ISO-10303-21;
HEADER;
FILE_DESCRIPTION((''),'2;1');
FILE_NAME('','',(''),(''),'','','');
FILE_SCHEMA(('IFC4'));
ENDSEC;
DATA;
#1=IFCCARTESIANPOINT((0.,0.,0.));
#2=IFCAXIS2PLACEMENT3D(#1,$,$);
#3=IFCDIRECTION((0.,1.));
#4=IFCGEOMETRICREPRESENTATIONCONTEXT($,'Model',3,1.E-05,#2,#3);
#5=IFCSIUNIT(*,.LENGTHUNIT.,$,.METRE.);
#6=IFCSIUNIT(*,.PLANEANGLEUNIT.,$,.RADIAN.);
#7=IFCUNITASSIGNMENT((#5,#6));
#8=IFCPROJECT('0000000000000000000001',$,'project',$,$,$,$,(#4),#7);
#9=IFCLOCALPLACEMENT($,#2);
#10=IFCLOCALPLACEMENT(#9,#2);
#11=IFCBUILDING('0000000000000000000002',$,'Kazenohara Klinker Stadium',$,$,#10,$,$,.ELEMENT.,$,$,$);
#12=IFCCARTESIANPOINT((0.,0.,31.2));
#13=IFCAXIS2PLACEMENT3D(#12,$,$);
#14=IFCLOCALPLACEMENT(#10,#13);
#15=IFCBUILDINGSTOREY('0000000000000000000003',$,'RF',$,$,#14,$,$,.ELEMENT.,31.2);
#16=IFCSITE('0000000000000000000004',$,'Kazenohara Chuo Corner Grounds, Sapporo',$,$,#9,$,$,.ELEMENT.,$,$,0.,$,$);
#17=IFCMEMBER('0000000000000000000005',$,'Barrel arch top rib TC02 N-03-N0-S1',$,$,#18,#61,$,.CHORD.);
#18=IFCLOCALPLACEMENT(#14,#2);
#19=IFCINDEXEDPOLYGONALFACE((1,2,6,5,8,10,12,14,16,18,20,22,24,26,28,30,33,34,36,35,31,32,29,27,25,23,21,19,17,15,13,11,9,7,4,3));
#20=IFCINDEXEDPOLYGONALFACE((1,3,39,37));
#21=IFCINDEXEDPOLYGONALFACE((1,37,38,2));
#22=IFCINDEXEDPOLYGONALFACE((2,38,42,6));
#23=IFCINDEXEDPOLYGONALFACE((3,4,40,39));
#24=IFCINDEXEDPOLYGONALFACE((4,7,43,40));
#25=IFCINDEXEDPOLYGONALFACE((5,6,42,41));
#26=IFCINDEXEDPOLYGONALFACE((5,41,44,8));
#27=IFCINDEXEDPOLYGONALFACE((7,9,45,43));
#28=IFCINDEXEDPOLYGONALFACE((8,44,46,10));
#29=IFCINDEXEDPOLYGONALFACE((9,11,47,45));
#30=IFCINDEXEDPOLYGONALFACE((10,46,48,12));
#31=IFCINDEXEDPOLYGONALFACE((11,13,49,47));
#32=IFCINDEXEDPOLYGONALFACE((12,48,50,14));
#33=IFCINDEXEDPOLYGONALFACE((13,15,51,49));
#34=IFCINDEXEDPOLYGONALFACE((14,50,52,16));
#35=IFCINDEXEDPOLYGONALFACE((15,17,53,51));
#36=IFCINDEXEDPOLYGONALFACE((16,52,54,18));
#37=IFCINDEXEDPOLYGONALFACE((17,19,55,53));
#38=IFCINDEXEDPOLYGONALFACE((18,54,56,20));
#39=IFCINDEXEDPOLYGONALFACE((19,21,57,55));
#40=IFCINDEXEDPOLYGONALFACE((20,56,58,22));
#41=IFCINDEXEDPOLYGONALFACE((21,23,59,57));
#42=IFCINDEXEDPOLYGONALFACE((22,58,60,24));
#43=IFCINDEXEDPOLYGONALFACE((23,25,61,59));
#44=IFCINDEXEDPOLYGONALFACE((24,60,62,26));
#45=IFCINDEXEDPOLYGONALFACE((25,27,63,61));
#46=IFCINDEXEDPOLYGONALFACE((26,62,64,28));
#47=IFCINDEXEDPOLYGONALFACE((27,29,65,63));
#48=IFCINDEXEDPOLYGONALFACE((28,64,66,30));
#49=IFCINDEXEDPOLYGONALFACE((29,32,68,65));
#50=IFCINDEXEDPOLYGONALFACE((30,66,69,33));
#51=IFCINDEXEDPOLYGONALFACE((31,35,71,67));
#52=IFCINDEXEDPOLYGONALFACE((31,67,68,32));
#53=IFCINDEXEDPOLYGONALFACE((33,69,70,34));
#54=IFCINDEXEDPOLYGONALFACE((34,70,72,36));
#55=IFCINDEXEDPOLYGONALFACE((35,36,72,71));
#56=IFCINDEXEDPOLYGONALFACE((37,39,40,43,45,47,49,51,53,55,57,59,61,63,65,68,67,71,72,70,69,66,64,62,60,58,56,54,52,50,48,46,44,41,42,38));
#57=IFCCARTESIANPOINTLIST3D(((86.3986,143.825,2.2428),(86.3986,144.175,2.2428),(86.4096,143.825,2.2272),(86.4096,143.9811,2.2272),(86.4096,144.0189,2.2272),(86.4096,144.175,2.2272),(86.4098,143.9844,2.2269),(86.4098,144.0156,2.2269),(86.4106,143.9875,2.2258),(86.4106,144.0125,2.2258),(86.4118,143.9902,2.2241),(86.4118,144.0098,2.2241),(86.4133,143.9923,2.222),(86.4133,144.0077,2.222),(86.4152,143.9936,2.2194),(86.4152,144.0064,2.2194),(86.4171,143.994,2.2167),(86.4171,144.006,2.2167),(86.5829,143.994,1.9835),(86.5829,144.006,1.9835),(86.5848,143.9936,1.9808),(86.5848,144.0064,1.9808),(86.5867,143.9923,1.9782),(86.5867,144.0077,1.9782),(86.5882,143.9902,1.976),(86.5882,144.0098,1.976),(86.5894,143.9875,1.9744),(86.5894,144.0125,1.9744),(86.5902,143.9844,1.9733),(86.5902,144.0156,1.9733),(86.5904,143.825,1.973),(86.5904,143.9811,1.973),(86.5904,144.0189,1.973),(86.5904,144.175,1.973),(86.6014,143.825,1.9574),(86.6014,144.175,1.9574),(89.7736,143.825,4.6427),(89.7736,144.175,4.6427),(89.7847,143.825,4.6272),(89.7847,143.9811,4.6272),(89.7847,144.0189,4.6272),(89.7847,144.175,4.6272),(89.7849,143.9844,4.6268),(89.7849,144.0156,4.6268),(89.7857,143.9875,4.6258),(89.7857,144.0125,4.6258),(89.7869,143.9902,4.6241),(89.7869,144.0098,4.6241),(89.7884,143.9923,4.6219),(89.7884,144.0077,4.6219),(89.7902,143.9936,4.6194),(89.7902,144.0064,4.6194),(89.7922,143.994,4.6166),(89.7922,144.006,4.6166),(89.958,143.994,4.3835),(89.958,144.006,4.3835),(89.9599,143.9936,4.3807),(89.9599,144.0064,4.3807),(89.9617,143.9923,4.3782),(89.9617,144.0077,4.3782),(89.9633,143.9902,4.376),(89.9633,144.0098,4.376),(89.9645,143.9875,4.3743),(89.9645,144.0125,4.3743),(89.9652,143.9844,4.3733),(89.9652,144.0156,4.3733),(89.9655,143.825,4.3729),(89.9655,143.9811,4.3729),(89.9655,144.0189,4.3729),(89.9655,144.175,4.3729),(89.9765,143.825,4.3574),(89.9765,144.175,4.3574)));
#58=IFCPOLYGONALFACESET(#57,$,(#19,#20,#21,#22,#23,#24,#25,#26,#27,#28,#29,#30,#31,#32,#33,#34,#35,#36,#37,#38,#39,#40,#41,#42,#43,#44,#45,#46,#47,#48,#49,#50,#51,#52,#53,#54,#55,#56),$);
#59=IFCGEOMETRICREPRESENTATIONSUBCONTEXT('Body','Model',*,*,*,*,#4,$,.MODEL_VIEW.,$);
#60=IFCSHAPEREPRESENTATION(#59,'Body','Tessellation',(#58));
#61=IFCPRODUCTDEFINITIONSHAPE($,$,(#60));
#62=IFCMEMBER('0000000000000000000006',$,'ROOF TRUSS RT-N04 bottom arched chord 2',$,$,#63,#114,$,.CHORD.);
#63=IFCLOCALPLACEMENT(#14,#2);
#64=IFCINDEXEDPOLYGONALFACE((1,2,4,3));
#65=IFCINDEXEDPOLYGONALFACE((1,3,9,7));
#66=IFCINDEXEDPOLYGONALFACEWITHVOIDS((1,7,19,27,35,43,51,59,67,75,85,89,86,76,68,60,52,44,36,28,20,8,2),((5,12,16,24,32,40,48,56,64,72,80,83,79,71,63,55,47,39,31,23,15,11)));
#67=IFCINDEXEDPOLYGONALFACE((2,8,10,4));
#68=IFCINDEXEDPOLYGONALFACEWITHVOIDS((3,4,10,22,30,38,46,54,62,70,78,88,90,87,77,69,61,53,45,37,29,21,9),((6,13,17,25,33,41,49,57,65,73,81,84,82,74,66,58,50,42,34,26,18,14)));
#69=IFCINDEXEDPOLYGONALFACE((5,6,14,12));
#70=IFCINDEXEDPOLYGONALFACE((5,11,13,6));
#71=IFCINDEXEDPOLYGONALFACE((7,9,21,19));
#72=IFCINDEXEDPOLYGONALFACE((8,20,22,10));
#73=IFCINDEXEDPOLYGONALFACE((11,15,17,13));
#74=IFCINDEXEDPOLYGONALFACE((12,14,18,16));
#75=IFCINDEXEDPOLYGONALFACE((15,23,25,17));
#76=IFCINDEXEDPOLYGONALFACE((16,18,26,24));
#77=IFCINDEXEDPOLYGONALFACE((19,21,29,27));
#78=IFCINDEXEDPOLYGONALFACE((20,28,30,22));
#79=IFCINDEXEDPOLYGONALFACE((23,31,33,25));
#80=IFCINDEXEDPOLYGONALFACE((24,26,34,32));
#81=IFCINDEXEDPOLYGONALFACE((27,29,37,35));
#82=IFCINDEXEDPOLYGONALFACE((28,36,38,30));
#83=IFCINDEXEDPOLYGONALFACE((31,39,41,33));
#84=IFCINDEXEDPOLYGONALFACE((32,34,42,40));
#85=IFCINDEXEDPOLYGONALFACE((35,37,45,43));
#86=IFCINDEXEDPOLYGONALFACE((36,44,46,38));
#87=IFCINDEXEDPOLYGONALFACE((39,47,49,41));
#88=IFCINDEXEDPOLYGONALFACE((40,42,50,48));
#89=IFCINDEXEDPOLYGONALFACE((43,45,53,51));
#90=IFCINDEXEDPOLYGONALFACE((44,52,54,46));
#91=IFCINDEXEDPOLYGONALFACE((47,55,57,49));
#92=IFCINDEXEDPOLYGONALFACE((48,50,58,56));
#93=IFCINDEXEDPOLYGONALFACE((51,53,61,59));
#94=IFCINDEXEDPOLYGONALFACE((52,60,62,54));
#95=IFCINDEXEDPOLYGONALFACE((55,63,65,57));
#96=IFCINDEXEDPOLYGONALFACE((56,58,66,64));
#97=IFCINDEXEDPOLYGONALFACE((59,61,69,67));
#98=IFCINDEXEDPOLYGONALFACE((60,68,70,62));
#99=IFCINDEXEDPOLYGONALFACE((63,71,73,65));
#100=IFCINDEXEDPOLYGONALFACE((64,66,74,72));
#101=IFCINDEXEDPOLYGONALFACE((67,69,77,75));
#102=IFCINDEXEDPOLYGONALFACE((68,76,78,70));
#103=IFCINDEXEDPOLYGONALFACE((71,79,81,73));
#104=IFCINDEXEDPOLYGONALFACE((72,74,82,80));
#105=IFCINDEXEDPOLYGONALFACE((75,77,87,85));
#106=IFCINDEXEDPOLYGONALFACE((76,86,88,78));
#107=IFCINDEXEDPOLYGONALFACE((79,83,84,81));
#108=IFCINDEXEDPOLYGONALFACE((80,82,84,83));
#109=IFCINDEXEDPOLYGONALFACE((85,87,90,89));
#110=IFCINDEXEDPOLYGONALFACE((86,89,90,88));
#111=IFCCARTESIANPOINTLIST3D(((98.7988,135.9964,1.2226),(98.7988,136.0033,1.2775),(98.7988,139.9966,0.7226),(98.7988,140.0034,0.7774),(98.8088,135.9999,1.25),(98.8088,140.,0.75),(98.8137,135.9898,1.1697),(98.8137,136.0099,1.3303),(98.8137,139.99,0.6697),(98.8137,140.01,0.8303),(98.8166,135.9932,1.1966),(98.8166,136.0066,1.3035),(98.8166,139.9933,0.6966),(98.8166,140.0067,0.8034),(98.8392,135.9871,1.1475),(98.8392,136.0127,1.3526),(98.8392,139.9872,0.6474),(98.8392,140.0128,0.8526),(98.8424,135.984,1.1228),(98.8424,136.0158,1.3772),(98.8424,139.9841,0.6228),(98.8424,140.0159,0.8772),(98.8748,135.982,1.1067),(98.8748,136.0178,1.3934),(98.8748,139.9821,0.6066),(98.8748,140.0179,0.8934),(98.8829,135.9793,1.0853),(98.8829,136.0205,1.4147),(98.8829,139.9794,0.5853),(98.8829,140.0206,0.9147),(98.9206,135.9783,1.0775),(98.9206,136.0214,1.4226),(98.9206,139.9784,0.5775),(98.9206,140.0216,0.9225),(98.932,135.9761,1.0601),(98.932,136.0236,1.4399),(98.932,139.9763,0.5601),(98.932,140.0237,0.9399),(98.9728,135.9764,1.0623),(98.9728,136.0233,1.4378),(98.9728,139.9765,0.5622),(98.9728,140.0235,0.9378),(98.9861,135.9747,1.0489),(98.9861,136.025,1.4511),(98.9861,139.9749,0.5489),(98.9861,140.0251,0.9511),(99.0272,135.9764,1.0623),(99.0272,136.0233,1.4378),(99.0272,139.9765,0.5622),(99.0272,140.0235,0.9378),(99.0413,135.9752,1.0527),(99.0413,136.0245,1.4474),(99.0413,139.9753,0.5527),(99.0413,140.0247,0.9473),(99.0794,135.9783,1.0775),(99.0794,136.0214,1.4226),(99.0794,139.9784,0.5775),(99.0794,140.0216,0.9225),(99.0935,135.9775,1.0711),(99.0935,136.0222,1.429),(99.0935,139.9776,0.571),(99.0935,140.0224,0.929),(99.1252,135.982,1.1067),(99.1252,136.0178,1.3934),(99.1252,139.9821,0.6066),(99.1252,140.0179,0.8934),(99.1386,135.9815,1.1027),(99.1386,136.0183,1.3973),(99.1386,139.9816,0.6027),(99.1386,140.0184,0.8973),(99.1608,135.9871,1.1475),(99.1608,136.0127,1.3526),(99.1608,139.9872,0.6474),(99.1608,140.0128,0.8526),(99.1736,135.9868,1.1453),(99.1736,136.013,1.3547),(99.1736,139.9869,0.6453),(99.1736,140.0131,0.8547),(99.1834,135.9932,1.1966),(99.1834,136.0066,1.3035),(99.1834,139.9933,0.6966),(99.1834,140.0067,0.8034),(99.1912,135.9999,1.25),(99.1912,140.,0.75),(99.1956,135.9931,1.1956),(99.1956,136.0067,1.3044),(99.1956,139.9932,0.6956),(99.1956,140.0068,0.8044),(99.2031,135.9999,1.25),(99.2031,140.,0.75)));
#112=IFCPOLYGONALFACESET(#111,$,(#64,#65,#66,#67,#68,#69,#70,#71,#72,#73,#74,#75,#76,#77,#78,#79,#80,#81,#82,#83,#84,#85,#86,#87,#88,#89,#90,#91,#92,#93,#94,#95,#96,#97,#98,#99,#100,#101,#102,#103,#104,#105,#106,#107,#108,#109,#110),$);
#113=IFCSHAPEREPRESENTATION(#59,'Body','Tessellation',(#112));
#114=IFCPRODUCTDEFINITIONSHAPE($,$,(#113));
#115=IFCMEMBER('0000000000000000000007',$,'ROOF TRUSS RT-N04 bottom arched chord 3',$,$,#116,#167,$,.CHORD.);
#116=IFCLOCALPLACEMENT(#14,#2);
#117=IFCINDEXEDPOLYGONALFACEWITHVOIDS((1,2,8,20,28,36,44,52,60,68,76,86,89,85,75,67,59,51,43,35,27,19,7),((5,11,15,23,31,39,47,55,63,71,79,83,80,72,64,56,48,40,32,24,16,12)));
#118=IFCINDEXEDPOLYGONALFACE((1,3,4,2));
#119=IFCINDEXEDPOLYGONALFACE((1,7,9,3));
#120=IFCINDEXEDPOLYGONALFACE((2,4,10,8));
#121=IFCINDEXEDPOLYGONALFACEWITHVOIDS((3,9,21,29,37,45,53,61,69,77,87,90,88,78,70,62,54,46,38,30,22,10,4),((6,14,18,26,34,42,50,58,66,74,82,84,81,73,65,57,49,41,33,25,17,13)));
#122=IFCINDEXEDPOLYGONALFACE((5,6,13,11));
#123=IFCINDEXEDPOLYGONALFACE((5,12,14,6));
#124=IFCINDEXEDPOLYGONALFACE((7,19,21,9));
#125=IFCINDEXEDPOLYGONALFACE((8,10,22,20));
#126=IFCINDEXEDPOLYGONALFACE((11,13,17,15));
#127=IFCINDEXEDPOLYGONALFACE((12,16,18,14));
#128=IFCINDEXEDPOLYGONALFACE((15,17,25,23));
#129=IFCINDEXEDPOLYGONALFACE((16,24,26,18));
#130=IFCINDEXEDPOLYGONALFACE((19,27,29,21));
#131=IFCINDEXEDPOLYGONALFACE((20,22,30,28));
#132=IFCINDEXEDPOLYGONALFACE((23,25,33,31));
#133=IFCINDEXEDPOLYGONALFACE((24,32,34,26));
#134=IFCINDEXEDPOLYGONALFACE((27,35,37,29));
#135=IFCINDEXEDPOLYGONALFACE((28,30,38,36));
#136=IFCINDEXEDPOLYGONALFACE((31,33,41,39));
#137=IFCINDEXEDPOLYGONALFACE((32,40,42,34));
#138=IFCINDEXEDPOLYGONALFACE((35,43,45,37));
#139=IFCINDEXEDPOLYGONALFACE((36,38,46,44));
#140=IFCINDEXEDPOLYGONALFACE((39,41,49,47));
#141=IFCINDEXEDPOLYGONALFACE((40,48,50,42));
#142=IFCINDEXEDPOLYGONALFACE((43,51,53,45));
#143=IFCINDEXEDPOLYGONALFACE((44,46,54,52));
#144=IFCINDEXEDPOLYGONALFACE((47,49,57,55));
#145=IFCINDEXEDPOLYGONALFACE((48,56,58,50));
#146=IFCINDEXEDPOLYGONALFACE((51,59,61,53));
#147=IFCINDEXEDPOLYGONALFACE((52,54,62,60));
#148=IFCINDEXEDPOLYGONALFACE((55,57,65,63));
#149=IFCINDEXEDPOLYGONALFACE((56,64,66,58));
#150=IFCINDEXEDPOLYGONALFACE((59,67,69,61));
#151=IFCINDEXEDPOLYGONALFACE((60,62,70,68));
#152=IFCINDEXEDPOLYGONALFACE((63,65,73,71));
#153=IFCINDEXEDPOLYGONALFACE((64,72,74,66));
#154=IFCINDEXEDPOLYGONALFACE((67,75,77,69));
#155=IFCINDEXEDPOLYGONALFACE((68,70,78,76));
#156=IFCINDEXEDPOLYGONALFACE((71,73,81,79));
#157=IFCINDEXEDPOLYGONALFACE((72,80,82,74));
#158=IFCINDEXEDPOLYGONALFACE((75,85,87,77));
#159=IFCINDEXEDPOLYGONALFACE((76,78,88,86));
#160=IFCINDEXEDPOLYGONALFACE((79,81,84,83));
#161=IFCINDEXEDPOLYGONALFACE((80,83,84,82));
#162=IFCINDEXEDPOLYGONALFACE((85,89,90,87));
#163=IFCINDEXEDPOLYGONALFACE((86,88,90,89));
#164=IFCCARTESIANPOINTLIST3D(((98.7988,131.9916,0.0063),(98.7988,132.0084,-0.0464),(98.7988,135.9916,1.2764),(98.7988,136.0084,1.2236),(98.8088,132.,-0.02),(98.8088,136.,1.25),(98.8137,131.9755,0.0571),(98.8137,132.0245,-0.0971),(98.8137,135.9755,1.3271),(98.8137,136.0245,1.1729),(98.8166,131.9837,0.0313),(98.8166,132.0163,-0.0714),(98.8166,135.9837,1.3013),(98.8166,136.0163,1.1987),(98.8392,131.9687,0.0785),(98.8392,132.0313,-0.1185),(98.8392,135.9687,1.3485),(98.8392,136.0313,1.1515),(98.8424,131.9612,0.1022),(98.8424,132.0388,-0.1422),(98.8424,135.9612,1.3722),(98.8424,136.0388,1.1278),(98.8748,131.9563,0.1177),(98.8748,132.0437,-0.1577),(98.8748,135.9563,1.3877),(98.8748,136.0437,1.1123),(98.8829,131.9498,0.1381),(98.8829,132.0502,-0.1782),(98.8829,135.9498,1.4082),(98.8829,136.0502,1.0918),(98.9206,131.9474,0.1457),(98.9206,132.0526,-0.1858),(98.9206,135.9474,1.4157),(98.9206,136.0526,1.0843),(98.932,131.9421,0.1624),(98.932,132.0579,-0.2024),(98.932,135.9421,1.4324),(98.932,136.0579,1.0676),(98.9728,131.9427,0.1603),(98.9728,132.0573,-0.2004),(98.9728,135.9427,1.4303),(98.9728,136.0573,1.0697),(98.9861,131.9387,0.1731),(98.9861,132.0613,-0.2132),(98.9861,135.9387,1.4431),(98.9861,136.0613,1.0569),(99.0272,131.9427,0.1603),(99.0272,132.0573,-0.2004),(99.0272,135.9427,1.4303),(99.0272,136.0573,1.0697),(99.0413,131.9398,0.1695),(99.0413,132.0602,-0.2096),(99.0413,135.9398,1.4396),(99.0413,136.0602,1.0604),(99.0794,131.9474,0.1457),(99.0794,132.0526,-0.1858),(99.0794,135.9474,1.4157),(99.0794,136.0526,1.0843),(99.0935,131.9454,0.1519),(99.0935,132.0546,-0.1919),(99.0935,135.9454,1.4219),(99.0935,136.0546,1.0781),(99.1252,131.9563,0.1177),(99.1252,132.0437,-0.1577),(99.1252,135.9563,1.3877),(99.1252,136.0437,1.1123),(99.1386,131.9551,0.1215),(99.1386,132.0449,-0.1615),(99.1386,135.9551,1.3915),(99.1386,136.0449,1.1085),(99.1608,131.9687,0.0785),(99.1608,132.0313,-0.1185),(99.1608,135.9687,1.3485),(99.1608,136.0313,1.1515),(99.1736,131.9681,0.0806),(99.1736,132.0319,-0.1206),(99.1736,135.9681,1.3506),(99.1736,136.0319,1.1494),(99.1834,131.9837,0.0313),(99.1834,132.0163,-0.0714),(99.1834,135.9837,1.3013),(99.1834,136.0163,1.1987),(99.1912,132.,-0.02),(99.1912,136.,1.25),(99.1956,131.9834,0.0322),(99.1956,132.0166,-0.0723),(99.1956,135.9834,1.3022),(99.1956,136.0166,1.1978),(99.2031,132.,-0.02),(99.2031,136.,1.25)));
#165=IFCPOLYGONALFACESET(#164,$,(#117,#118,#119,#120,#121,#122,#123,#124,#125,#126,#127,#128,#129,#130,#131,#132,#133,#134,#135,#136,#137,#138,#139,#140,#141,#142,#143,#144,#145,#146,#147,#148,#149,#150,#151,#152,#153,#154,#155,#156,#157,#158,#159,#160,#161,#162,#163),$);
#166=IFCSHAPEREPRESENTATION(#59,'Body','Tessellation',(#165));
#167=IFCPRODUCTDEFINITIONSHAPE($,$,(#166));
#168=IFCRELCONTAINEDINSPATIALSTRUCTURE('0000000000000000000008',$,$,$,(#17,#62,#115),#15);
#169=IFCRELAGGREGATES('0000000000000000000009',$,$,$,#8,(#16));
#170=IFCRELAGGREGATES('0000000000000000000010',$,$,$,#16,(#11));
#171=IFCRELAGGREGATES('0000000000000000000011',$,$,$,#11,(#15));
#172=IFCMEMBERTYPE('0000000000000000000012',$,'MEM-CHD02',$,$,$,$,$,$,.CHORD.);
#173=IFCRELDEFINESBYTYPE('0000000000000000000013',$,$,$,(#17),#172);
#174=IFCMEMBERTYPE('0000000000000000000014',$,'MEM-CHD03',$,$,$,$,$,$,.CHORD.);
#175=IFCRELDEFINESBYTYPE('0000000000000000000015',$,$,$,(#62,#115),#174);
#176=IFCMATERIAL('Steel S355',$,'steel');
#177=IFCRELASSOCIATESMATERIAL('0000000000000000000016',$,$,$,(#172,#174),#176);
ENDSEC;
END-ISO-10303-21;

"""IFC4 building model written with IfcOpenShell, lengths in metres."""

from ifc_helpers import new_model, si_unit, direction, frame, origin, origin_2d, place, context, subcontext, project, spatial, hollow_circle, i_section, extrude, material, material_profile, profile_set, type_object, element, save


model = new_model("IFC4")

# Units and contexts
model_context = context("Model", 3, precision=1e-05, world=origin(), true_north=direction((0.0, 1.0)))
body_context = subcontext(model_context, "Body", "Model", "MODEL_VIEW")
ifc_project = project(units=[si_unit("LENGTHUNIT", "METRE"), si_unit("PLANEANGLEUNIT", "RADIAN")], contexts=[model_context])

# Site, building, storey
site_placement = place(None, origin())
site = spatial("IfcSite", under=ifc_project, at=site_placement, Name="Kazenohara Chuo Corner Grounds, Sapporo", CompositionType="ELEMENT", RefElevation=0.0)
building_placement = place(site_placement, origin())
building = spatial("IfcBuilding", under=site, at=building_placement, Name="Kazenohara Klinker Stadium", CompositionType="ELEMENT")
storey_placement = place(building_placement, frame((0.0, 0.0, 31.2)))
storey = spatial("IfcBuildingStorey", under=building, at=storey_placement, Name="RF", CompositionType="ELEMENT", Elevation=31.2)

# Members
ifc_material_1 = material(Name="Steel S355", Category="steel")
ifc_material_profile_1 = material_profile(ifc_material_1, i_section(OverallWidth=0.3501, OverallDepth=0.3501, WebThickness=0.012, FlangeThickness=0.019, FilletRadius=0.0129, at=origin_2d()), Name="H-350x350x12x19")
ifc_profile_set_1 = profile_set([ifc_material_profile_1], Name="Steel S355")
member_type_1 = type_object("IfcMemberType", Name="MEM-CHD02", PredefinedType="CHORD", material=ifc_profile_set_1)
member_1_placement = place(storey_placement, frame((86.5, 144.0, 2.1001), z_axis=(0.814966, 0.0, 0.579508), x_axis=(0.0, 1.0, 0.0)))
element("IfcMember", 1, at=member_1_placement, inside=storey, type_object=member_type_1, Name="Barrel arch top rib TC02 N-03-N0-S1", PredefinedType="CHORD", context=body_context, shape_type="SweptSolid", body=[
    extrude(i_section(OverallWidth=0.3501, OverallDepth=0.3501, WebThickness=0.012, FlangeThickness=0.019, FilletRadius=0.0129, at=origin_2d()), origin(), (0.0, 0.0, 1.0), 4.1414),
])
ifc_material_profile_2 = material_profile(ifc_material_1, hollow_circle(Radius=0.2031, WallThickness=0.012, at=origin_2d()), Name="CHS-406.4x12")
ifc_profile_set_2 = profile_set([ifc_material_profile_2], Name="Steel S355")
member_type_2 = type_object("IfcMemberType", Name="MEM-CHD03", PredefinedType="CHORD", material=ifc_profile_set_2)
member_2_placement = place(storey_placement, frame((99.0, 140.0, 0.75), z_axis=(0.0, -0.992278, 0.124035), x_axis=(1.0, 0.0, 0.0)))
element("IfcMember", 2, at=member_2_placement, inside=storey, type_object=member_type_2, Name="ROOF TRUSS RT-N04 bottom arched chord 2", PredefinedType="CHORD", context=body_context, shape_type="SweptSolid", body=[
    extrude(hollow_circle(Radius=0.2031, WallThickness=0.012, at=origin_2d()), origin(), (0.0, 0.0, 1.0), 4.0312),
])
member_3_placement = place(storey_placement, frame((99.0, 136.0, 1.25), z_axis=(0.0, -0.953112, -0.302618), x_axis=(1.0, 0.0, 0.0)))
element("IfcMember", 3, at=member_3_placement, inside=storey, type_object=member_type_2, Name="ROOF TRUSS RT-N04 bottom arched chord 3", PredefinedType="CHORD", context=body_context, shape_type="SweptSolid", body=[
    extrude(hollow_circle(Radius=0.2031, WallThickness=0.012, at=origin_2d()), origin(), (0.0, 0.0, 1.0), 4.1968),
])

save(model, "model.ifc")
